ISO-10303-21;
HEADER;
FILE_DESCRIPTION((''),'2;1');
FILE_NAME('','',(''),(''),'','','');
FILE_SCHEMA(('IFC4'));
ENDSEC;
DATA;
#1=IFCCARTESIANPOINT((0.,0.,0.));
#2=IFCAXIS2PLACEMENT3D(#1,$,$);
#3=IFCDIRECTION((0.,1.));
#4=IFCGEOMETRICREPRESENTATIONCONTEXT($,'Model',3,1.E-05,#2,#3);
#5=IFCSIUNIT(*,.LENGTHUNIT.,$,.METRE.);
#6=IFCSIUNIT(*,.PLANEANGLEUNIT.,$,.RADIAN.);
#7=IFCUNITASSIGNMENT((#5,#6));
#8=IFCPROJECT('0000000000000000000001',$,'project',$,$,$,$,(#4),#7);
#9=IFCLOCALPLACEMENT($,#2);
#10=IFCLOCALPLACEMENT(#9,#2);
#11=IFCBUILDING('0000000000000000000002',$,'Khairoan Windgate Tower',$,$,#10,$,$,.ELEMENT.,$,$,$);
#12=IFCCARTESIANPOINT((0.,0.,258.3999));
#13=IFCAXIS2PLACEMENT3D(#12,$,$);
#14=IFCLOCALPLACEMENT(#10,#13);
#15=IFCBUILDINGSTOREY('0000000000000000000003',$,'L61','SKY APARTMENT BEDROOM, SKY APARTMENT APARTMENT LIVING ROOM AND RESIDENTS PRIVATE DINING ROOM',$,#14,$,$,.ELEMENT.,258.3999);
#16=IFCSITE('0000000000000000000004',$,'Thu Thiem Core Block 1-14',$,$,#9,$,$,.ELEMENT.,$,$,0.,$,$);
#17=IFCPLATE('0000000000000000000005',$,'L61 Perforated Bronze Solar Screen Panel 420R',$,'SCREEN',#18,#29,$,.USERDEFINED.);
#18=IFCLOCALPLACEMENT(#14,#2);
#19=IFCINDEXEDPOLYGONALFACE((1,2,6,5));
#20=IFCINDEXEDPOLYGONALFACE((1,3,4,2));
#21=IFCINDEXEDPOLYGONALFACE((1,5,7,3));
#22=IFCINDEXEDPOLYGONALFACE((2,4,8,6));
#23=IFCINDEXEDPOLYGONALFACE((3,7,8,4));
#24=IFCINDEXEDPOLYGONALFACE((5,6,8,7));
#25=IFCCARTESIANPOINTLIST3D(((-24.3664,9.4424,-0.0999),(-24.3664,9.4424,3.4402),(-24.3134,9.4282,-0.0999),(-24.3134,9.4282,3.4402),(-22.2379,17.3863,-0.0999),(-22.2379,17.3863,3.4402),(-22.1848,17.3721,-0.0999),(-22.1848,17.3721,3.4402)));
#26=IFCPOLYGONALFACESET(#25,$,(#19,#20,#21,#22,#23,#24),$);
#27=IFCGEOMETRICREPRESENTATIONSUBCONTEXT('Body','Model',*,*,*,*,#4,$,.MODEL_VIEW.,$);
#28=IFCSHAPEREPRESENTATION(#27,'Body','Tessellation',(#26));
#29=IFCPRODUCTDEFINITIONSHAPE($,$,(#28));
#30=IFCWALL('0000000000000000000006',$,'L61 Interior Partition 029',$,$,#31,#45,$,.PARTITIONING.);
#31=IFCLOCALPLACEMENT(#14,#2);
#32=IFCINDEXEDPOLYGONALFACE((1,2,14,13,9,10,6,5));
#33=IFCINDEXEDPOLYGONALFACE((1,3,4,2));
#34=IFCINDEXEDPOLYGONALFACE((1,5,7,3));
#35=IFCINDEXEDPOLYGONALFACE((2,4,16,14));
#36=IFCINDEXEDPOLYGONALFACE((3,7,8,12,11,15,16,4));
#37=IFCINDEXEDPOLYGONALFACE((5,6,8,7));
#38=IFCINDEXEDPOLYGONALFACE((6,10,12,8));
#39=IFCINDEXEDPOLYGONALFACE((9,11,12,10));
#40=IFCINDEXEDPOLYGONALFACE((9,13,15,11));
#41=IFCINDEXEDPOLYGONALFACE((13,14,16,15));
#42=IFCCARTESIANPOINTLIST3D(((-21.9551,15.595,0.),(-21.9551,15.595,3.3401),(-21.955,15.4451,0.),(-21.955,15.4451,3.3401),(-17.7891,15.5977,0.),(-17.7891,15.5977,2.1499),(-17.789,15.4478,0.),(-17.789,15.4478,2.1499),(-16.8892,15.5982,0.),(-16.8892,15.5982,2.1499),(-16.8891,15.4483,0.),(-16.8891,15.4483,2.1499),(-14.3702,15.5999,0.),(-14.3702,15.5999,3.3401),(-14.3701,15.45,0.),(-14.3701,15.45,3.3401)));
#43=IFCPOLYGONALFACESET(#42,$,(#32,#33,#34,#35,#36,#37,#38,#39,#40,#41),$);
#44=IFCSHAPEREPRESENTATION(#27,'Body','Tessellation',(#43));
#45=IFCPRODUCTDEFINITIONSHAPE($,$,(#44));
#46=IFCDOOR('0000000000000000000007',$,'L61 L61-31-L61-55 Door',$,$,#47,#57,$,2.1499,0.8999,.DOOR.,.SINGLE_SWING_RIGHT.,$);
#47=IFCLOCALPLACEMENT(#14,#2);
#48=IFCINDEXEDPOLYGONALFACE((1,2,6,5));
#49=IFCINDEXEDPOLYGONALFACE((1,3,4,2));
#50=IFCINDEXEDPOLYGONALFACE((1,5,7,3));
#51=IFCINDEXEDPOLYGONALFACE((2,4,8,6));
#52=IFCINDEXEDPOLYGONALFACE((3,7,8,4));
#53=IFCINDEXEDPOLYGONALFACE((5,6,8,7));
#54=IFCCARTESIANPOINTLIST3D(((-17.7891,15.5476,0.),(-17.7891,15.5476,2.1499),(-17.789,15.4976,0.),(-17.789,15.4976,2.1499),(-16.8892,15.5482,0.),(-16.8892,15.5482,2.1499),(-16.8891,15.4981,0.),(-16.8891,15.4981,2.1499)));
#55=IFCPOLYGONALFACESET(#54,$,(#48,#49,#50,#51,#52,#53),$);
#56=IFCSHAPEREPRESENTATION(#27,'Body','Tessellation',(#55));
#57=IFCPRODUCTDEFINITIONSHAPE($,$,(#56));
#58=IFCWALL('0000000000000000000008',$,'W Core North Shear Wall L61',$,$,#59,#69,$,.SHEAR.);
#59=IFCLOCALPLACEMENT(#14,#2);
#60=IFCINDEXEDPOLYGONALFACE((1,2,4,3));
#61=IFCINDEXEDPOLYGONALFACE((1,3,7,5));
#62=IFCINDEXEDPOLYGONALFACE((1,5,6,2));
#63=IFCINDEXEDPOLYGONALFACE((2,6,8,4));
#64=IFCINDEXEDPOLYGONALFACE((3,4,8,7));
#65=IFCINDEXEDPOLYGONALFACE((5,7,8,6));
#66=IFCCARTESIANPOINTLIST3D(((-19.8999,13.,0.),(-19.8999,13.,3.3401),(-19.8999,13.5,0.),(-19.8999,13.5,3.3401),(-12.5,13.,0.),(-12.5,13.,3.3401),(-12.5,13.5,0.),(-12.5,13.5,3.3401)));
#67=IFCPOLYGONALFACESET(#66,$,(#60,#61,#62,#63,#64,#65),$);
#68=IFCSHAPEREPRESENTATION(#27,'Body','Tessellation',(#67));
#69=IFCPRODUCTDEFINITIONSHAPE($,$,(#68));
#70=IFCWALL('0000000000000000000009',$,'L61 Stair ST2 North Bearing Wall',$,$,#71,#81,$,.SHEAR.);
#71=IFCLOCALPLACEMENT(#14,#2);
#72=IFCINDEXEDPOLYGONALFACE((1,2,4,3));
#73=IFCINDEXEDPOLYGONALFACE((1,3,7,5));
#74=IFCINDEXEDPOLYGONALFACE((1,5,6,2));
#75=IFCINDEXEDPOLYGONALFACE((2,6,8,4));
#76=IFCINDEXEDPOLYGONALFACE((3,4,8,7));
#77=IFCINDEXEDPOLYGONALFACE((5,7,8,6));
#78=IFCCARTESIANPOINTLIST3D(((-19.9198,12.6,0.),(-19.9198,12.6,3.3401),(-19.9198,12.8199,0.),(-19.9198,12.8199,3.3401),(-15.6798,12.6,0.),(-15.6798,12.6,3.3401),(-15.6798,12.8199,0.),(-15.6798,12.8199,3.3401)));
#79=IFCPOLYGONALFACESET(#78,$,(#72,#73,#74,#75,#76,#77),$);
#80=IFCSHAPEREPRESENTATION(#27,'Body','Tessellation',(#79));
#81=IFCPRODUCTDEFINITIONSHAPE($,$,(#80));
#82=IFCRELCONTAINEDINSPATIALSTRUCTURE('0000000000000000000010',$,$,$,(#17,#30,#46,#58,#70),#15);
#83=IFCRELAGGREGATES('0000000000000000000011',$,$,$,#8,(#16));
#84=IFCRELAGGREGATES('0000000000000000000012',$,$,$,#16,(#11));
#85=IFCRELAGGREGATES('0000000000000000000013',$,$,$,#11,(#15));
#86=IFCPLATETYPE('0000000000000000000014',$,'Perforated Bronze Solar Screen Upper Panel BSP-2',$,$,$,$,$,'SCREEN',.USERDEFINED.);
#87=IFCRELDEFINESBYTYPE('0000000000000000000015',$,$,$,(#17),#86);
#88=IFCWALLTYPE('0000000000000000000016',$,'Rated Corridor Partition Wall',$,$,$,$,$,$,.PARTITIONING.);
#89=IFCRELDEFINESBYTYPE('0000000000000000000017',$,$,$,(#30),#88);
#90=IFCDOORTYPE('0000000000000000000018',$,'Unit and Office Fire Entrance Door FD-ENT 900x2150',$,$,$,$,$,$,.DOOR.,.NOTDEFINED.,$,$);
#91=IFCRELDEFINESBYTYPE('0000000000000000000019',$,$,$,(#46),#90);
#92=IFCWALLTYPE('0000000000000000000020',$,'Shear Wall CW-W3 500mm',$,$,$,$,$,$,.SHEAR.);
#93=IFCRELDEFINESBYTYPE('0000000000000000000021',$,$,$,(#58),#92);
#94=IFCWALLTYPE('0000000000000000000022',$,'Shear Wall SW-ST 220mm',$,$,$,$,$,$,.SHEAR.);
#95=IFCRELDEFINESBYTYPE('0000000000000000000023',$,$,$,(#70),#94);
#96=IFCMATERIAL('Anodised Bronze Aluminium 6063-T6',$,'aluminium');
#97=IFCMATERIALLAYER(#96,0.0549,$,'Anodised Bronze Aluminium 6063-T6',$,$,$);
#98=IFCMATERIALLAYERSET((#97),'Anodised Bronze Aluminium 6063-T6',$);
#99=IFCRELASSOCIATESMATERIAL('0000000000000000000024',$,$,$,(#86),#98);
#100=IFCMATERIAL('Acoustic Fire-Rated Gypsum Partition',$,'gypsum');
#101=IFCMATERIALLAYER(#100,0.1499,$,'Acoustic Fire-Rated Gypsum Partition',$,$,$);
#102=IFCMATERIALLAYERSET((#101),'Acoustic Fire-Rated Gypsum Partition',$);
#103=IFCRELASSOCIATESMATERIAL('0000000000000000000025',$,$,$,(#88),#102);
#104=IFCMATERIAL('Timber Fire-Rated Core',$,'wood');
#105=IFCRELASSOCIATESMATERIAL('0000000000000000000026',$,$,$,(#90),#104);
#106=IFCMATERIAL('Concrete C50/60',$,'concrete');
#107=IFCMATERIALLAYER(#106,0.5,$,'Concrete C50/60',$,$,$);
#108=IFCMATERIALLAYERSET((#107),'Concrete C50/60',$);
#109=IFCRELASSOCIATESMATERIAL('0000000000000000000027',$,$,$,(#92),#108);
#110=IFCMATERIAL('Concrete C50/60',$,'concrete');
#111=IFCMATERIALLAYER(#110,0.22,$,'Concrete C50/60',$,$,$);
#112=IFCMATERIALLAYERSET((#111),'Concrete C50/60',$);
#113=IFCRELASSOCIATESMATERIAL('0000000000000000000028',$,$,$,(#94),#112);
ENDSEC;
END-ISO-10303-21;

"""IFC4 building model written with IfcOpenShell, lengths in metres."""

from ifc_helpers import new_model, si_unit, direction, frame, frame_2d, origin, origin_2d, place, context, subcontext, project, spatial, rectangle, extrude, material, layer, layer_set, type_object, element, fill, save


model = new_model("IFC4")

# Units and contexts
model_context = context("Model", 3, precision=1e-05, world=origin(), true_north=direction((0.0, 1.0)))
body_context = subcontext(model_context, "Body", "Model", "MODEL_VIEW")
ifc_project = project(units=[si_unit("LENGTHUNIT", "METRE"), si_unit("PLANEANGLEUNIT", "RADIAN")], contexts=[model_context])

# Site, building, storey
site_placement = place(None, origin())
site = spatial("IfcSite", under=ifc_project, at=site_placement, Name="Thu Thiem Core Block 1-14", CompositionType="ELEMENT", RefElevation=0.0)
building_placement = place(site_placement, origin())
building = spatial("IfcBuilding", under=site, at=building_placement, Name="Khairoan Windgate Tower", CompositionType="ELEMENT")
storey_placement = place(building_placement, frame((0.0, 0.0, 258.3999)))
storey = spatial("IfcBuildingStorey", under=building, at=storey_placement, Name="L61", Description="SKY APARTMENT BEDROOM, SKY APARTMENT APARTMENT LIVING ROOM AND RESIDENTS PRIVATE DINING ROOM", CompositionType="ELEMENT", Elevation=258.3999)

# Plate
ifc_material_1 = material(Name="Anodised Bronze Aluminium 6063-T6", Category="aluminium")
ifc_layer_1 = layer(ifc_material_1, 0.0549, Name="Anodised Bronze Aluminium 6063-T6")
ifc_layer_set_1 = layer_set([ifc_layer_1], Name="Anodised Bronze Aluminium 6063-T6")
plate_type_1 = type_object("IfcPlateType", Name="Perforated Bronze Solar Screen Upper Panel BSP-2", ElementType="SCREEN", PredefinedType="USERDEFINED", material=ifc_layer_set_1)
plate_1_placement = place(storey_placement, frame((-23.2756, 13.4072, -0.0999), z_axis=(0.0, 0.0, 1.0), x_axis=(0.258819, 0.965926, 0.0)))
element("IfcPlate", 1, at=plate_1_placement, inside=storey, type_object=plate_type_1, Name="L61 Perforated Bronze Solar Screen Panel 420R", ObjectType="SCREEN", PredefinedType="USERDEFINED", context=body_context, shape_type="SweptSolid", body=[
    extrude(rectangle(XDim=8.2241, YDim=0.0549, at=origin_2d()), origin(), (0.0, 0.0, 1.0), 3.54),
])

# Wall, opening, door
ifc_material_2 = material(Name="Acoustic Fire-Rated Gypsum Partition", Category="gypsum")
ifc_layer_2 = layer(ifc_material_2, 0.1499, Name="Acoustic Fire-Rated Gypsum Partition")
ifc_layer_set_2 = layer_set([ifc_layer_2], Name="Acoustic Fire-Rated Gypsum Partition")
wall_type_1 = type_object("IfcWallType", Name="Rated Corridor Partition Wall", PredefinedType="PARTITIONING", material=ifc_layer_set_2)
wall_1_placement = place(storey_placement, frame((-21.9551, 15.52, 0.0), z_axis=(0.0, 0.0, 1.0), x_axis=(1.0, 0.000644, 0.0)))
wall_1 = element("IfcWall", 2, at=wall_1_placement, inside=storey, type_object=wall_type_1, Name="L61 Interior Partition 029", PredefinedType="PARTITIONING", context=body_context, shape_type="SweptSolid", body=[
    extrude(rectangle(XDim=7.585, YDim=0.1499, at=frame_2d((3.7925, 0.0))), origin(), (0.0, 0.0, 1.0), 3.3401),
])
opening_placement = place(wall_1_placement, frame((4.166, 0.0, 0.0)))
opening = element("IfcOpeningElement", 3, at=opening_placement, cuts=wall_1, PredefinedType="OPENING", context=body_context, shape_type="SweptSolid", body=[
    extrude(rectangle(XDim=0.8999, YDim=2.1499, at=frame_2d((0.45, 1.075))), frame((0.0, 0.085, 0.0), z_axis=(0.0, -1.0, 0.0), x_axis=(1.0, 0.0, 0.0)), (0.0, 0.0, 1.0), 0.1699),
])
ifc_material_3 = material(Name="Timber Fire-Rated Core", Category="wood")
door_type = type_object("IfcDoorType", Name="Unit and Office Fire Entrance Door FD-ENT 900x2150", OperationType="NOTDEFINED", PredefinedType="DOOR", material=ifc_material_3)
door_placement = place(opening_placement, origin())
door = element("IfcDoor", 4, at=door_placement, inside=storey, type_object=door_type, Name="L61 L61-31-L61-55 Door", OperationType="SINGLE_SWING_RIGHT", OverallHeight=2.1499, OverallWidth=0.8999, PredefinedType="DOOR", context=body_context, shape_type="SweptSolid", body=[
    extrude(rectangle(XDim=0.8999, YDim=2.1499, at=frame_2d((0.45, 1.075))), frame((0.0, 0.0249, 0.0), z_axis=(0.0, -1.0, 0.0), x_axis=(1.0, 0.0, 0.0)), (0.0, 0.0, 1.0), 0.05),
])
fill(opening, door)

# Walls
ifc_material_4 = material(Name="Concrete C50/60", Category="concrete")
ifc_layer_3 = layer(ifc_material_4, 0.5, Name="Concrete C50/60")
ifc_layer_set_3 = layer_set([ifc_layer_3], Name="Concrete C50/60")
wall_type_2 = type_object("IfcWallType", Name="Shear Wall CW-W3 500mm", PredefinedType="SHEAR", material=ifc_layer_set_3)
wall_2_placement = place(storey_placement, frame((-19.8999, 13.25, 0.0), z_axis=(0.0, 0.0, 1.0), x_axis=(1.0, 0.0, 0.0)))
element("IfcWall", 5, at=wall_2_placement, inside=storey, type_object=wall_type_2, Name="W Core North Shear Wall L61", PredefinedType="SHEAR", context=body_context, shape_type="SweptSolid", body=[
    extrude(rectangle(XDim=7.3999, YDim=0.5, at=frame_2d((3.7, 0.0))), origin(), (0.0, 0.0, 1.0), 3.3401),
])
ifc_material_5 = material(Name="Concrete C50/60", Category="concrete")
ifc_layer_4 = layer(ifc_material_5, 0.22, Name="Concrete C50/60")
ifc_layer_set_4 = layer_set([ifc_layer_4], Name="Concrete C50/60")
wall_type_3 = type_object("IfcWallType", Name="Shear Wall SW-ST 220mm", PredefinedType="SHEAR", material=ifc_layer_set_4)
wall_3_placement = place(storey_placement, frame((-19.9199, 12.71, 0.0), z_axis=(0.0, 0.0, 1.0), x_axis=(1.0, 0.0, 0.0)))
element("IfcWall", 6, at=wall_3_placement, inside=storey, type_object=wall_type_3, Name="L61 Stair ST2 North Bearing Wall", PredefinedType="SHEAR", context=body_context, shape_type="SweptSolid", body=[
    extrude(rectangle(XDim=4.24, YDim=0.22, at=frame_2d((2.1201, 0.0))), origin(), (0.0, 0.0, 1.0), 3.3401),
])

save(model, "model.ifc")
